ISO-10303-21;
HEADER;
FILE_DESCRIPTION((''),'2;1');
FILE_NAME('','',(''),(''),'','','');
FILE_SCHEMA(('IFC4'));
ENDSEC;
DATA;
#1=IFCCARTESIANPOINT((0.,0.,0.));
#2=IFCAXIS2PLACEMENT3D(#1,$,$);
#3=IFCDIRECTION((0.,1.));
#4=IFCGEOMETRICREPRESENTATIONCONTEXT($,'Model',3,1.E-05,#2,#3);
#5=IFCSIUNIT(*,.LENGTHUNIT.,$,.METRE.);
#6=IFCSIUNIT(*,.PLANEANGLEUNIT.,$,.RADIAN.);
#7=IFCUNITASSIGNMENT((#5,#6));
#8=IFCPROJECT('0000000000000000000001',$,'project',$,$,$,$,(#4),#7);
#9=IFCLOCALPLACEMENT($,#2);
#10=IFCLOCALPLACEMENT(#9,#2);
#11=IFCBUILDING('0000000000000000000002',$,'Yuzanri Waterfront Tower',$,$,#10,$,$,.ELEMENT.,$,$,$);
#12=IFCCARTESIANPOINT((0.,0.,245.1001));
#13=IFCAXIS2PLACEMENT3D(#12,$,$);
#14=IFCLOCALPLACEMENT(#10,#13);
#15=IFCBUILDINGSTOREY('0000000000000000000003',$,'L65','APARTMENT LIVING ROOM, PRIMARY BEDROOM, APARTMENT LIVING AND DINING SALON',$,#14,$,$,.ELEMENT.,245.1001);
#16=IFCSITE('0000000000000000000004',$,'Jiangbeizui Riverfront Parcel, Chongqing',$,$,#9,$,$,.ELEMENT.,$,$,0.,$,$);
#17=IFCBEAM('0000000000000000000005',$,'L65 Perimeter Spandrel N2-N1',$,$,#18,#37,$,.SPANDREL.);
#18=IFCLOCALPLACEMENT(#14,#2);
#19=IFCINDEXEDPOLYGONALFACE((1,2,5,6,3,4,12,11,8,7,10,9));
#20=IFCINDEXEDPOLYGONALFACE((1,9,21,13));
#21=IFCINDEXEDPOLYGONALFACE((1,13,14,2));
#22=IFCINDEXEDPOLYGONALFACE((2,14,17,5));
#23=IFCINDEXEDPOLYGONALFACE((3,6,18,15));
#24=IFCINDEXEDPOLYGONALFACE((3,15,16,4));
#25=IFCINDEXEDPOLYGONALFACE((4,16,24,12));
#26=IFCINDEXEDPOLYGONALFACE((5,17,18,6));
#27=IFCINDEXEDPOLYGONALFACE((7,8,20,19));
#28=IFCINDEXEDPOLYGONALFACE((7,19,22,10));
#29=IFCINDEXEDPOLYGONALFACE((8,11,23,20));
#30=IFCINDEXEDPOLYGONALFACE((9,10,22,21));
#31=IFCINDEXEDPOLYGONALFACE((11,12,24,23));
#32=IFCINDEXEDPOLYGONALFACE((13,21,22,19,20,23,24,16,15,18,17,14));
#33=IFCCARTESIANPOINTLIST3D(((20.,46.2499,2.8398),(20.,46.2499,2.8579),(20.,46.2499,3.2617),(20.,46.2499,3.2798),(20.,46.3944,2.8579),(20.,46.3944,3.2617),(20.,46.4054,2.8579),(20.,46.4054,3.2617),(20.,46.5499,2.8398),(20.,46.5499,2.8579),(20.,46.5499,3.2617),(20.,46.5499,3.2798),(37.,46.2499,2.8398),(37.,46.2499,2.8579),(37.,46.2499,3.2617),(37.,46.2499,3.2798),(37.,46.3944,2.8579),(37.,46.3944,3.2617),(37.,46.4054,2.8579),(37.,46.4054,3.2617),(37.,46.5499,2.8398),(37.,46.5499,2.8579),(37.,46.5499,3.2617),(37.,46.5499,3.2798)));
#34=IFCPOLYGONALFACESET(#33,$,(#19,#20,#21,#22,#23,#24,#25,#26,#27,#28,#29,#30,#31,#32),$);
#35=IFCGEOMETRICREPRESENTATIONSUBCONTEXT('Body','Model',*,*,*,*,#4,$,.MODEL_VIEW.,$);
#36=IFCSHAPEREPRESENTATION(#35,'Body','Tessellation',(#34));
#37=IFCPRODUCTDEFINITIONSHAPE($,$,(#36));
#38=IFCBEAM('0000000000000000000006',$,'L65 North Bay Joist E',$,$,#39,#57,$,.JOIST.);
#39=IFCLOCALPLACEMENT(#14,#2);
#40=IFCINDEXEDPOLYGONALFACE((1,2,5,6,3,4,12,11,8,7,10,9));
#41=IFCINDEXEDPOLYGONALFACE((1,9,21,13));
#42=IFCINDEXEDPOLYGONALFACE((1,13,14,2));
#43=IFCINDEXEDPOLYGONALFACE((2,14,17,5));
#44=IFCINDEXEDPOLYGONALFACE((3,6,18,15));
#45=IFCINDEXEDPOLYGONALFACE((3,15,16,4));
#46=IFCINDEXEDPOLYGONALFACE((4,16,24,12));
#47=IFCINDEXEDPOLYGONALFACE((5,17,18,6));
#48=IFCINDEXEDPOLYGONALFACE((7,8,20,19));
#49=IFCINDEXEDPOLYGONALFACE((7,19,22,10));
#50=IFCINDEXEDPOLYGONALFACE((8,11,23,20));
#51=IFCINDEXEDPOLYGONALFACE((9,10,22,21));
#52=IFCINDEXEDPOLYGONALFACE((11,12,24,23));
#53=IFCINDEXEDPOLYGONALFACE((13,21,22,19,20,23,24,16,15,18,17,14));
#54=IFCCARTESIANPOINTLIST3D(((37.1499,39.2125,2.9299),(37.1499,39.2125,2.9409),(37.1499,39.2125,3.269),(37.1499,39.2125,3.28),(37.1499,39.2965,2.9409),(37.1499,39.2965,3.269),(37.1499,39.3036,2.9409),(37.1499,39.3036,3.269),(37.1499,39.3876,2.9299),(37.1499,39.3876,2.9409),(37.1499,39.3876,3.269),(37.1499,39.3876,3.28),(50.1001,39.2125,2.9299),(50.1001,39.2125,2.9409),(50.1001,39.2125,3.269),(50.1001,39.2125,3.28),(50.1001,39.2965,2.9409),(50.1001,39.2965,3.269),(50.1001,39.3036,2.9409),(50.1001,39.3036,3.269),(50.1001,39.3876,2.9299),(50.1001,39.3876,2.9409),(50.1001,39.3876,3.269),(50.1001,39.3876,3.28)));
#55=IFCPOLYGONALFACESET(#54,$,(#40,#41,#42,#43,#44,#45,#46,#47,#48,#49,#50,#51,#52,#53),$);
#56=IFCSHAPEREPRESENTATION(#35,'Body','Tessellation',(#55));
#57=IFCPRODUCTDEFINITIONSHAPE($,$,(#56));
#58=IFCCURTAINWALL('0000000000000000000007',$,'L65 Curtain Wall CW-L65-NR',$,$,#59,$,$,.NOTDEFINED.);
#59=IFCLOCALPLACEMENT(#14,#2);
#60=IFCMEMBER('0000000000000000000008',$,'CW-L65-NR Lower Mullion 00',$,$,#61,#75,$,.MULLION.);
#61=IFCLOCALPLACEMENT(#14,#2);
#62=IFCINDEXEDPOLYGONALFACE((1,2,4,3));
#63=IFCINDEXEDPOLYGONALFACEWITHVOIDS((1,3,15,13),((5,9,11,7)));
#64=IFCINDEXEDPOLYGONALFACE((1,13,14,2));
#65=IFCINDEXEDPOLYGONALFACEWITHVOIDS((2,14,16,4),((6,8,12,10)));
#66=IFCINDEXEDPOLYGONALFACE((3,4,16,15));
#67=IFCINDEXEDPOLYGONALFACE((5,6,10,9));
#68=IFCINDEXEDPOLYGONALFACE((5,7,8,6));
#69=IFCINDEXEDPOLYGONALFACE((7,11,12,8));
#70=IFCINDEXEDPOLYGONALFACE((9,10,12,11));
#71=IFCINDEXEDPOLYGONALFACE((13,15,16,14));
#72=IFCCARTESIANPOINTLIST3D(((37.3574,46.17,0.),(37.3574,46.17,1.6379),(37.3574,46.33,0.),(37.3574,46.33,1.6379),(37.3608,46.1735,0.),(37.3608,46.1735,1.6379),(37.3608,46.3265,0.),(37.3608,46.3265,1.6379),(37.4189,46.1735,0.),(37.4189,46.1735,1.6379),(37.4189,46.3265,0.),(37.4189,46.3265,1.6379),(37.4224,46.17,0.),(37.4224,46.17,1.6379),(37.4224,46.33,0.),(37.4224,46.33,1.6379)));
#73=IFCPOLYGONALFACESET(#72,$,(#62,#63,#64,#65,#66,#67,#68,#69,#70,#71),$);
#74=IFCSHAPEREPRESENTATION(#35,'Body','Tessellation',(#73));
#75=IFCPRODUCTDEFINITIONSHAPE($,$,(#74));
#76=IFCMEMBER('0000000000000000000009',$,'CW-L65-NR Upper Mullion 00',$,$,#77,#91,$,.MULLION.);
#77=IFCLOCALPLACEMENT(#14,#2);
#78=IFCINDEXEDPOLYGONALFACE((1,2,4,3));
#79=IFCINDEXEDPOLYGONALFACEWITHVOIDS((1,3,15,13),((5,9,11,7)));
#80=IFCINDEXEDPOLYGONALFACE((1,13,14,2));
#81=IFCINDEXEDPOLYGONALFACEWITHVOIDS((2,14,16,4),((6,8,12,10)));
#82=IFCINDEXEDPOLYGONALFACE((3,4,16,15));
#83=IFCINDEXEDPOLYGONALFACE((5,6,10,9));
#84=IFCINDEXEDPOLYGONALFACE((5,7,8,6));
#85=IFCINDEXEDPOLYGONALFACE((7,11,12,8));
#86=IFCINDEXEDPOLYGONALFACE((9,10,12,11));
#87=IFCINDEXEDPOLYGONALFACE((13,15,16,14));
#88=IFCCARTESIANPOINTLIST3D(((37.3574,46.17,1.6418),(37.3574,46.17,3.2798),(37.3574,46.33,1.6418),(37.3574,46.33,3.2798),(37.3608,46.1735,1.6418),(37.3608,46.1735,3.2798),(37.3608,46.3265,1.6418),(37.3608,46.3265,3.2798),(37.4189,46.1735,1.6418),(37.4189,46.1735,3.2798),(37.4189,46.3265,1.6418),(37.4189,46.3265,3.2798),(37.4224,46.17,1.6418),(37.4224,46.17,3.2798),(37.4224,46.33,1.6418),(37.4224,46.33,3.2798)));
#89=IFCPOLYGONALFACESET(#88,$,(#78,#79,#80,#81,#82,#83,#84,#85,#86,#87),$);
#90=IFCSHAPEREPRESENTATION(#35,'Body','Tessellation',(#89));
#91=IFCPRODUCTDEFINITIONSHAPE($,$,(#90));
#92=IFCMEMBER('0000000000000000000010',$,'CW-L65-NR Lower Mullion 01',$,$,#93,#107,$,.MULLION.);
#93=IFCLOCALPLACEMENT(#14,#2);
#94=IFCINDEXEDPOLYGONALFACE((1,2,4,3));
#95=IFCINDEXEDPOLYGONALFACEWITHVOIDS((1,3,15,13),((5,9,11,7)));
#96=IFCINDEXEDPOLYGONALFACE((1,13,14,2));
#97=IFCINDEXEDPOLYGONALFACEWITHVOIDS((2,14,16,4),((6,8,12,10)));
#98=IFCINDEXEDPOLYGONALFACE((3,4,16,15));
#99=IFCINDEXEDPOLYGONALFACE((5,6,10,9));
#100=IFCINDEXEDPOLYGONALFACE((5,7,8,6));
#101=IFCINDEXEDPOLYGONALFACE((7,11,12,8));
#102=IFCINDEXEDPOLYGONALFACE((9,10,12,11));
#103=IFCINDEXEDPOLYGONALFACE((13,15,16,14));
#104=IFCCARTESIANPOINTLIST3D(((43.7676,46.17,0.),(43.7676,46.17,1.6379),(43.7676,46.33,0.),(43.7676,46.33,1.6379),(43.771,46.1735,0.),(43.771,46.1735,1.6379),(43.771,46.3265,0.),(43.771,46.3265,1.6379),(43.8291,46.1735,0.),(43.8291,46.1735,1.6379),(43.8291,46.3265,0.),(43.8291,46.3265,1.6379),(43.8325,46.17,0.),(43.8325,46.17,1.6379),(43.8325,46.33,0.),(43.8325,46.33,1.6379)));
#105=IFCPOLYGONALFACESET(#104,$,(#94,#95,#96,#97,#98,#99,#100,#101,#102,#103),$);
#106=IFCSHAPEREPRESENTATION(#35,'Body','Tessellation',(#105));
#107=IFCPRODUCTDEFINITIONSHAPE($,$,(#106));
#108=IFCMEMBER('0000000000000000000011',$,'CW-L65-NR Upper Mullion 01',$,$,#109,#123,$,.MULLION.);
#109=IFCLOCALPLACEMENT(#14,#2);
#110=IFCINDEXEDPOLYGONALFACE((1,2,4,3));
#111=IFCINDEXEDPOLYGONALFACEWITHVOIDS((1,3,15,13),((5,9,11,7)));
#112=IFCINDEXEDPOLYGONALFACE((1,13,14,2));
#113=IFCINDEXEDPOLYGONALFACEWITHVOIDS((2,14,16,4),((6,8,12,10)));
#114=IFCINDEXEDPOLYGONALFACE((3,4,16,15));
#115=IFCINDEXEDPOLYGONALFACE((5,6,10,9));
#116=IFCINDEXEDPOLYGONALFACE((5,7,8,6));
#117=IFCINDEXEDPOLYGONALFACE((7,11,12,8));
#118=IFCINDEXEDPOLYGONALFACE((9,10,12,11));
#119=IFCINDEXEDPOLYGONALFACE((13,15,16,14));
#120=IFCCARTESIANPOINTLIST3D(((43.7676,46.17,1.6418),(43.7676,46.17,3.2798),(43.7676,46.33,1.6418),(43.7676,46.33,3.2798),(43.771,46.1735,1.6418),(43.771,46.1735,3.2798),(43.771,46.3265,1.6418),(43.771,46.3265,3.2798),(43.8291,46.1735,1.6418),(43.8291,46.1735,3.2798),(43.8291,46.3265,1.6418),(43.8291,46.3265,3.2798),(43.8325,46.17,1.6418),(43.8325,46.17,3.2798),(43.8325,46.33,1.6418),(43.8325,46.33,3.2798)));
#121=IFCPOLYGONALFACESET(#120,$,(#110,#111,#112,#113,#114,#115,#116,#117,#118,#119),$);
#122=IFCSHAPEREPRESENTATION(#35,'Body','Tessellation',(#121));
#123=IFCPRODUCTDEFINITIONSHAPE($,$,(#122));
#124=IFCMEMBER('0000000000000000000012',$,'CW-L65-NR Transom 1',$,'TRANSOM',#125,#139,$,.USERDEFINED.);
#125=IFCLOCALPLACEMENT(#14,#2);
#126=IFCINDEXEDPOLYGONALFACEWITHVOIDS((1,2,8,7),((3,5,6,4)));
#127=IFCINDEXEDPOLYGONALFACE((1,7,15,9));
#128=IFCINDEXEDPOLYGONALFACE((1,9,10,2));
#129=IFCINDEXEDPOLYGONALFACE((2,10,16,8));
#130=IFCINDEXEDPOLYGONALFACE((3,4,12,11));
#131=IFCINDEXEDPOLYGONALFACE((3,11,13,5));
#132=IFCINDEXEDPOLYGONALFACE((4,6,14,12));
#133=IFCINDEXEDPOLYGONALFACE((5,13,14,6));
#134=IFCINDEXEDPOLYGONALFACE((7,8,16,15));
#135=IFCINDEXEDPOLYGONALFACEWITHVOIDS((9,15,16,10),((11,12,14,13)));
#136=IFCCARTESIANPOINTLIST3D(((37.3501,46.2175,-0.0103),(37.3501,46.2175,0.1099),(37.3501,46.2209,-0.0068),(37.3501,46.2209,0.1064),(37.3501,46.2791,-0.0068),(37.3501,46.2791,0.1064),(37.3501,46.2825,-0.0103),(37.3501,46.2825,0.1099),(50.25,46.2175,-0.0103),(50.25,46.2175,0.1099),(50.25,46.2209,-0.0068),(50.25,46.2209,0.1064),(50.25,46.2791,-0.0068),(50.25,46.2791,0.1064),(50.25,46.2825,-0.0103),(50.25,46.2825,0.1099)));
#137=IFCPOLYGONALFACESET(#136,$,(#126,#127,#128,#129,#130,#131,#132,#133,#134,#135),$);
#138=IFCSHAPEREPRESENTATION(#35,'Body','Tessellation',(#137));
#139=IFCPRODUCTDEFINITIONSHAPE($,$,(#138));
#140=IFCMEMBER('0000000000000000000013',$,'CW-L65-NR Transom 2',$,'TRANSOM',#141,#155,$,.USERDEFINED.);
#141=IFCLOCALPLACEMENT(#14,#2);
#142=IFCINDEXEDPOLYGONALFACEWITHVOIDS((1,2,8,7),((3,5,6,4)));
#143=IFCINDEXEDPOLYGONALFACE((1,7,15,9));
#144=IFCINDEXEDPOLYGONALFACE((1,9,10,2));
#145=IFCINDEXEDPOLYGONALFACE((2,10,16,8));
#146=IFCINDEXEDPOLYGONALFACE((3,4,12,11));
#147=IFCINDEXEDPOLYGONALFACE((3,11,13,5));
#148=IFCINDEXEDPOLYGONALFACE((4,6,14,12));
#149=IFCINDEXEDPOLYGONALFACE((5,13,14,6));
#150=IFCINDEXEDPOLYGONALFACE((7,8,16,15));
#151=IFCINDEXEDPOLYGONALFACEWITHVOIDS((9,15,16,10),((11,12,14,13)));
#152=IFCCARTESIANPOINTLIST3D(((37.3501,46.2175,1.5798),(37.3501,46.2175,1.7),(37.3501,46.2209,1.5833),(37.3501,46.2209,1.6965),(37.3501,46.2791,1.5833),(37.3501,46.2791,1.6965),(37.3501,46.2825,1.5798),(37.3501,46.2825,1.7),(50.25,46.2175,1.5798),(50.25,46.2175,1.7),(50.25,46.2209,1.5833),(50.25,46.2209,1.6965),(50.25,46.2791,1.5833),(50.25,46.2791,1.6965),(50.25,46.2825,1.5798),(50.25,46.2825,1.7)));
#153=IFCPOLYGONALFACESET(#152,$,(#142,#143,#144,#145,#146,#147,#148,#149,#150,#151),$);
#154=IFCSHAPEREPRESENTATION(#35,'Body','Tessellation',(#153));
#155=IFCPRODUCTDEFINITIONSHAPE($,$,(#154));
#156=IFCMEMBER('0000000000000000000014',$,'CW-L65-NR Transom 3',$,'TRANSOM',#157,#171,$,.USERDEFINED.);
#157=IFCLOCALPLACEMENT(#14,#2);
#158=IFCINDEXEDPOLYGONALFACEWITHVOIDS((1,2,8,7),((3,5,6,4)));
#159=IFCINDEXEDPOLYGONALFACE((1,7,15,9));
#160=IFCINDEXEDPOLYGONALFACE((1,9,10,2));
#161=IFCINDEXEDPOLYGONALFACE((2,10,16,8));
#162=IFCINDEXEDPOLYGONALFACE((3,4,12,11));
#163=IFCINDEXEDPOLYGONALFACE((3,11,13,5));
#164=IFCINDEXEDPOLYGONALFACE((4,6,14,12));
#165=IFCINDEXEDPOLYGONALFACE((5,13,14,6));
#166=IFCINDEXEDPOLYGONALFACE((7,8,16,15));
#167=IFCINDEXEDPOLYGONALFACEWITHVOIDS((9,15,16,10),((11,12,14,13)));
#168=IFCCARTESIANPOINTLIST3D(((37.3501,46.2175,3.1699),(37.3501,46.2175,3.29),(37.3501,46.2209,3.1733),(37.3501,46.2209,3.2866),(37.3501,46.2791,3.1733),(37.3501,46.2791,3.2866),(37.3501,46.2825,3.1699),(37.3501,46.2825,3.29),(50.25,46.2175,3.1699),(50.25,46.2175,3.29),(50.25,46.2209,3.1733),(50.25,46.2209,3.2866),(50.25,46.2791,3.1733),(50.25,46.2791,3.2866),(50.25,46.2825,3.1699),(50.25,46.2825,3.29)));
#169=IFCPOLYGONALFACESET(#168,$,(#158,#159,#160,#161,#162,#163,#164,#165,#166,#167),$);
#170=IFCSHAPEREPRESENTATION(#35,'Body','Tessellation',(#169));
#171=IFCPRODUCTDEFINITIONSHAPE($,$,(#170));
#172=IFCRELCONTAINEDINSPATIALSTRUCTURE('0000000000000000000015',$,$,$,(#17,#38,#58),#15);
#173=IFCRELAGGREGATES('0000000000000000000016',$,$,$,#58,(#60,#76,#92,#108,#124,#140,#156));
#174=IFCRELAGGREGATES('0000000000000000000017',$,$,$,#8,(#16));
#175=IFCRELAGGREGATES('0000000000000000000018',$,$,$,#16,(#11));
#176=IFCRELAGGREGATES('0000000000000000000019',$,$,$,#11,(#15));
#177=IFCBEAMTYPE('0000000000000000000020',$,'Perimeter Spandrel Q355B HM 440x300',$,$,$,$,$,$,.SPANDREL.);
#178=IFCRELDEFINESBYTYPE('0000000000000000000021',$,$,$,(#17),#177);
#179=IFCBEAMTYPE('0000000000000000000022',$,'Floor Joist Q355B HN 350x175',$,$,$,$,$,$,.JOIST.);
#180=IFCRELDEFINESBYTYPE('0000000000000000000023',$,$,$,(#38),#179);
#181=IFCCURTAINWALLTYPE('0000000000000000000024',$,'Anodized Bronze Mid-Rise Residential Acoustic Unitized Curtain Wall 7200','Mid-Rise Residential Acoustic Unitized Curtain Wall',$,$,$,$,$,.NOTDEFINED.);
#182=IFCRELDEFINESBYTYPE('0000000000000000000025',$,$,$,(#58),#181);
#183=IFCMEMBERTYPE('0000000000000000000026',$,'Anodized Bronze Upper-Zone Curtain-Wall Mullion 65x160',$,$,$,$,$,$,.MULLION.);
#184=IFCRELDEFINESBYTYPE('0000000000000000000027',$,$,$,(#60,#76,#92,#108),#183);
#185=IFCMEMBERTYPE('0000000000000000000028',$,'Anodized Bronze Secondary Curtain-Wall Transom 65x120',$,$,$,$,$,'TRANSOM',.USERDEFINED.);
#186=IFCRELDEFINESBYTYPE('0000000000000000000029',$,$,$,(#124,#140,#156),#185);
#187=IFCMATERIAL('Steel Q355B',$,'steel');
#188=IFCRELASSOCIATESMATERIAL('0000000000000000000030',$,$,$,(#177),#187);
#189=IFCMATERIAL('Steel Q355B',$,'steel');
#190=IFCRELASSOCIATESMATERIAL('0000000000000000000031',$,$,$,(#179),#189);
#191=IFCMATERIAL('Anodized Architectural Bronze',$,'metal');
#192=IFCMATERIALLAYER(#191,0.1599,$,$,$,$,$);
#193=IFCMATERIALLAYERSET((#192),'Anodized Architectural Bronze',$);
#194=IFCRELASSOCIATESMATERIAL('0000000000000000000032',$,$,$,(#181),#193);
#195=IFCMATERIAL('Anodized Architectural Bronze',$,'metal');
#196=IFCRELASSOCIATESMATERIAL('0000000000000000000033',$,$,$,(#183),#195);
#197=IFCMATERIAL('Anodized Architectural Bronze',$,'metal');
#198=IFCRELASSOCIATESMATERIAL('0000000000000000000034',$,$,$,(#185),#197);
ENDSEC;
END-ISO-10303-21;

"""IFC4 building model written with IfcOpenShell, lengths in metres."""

from ifc_helpers import new_model, si_unit, direction, frame, origin, origin_2d, place, context, subcontext, project, spatial, hollow_rectangle, i_section, extrude, source, transform, mapped, material, layer, layer_set, material_profile, profile_set, type_object, element, aggregate, save


model = new_model("IFC4")

# Units and contexts
model_context = context("Model", 3, precision=1e-05, world=origin(), true_north=direction((0.0, 1.0)))
body_context = subcontext(model_context, "Body", "Model", "MODEL_VIEW")
ifc_project = project(units=[si_unit("LENGTHUNIT", "METRE"), si_unit("PLANEANGLEUNIT", "RADIAN")], contexts=[model_context])

# Site, building, storey
site_placement = place(None, origin())
site = spatial("IfcSite", under=ifc_project, at=site_placement, Name="Jiangbeizui Riverfront Parcel, Chongqing", CompositionType="ELEMENT", RefElevation=0.0)
building_placement = place(site_placement, origin())
building = spatial("IfcBuilding", under=site, at=building_placement, Name="Yuzanri Waterfront Tower", CompositionType="ELEMENT")
storey_placement = place(building_placement, frame((0.0, 0.0, 245.1001)))
storey = spatial("IfcBuildingStorey", under=building, at=storey_placement, Name="L65", Description="APARTMENT LIVING ROOM, PRIMARY BEDROOM, APARTMENT LIVING AND DINING SALON", CompositionType="ELEMENT", Elevation=245.1001)

# Beams
ifc_material_1 = material(Name="Steel Q355B", Category="steel")
ifc_material_profile_1 = material_profile(ifc_material_1, i_section(OverallWidth=0.3, OverallDepth=0.4399, WebThickness=0.011, FlangeThickness=0.0181, at=origin_2d()), Name="HM 440x300x11x18")
ifc_profile_set_1 = profile_set([ifc_material_profile_1], Name="Steel Q355B")
beam_type_1 = type_object("IfcBeamType", Name="Perimeter Spandrel Q355B HM 440x300", PredefinedType="SPANDREL", material=ifc_profile_set_1)
shared_shape_1 = source(origin(), body_context, "Body", "SweptSolid", [
    extrude(i_section(OverallWidth=0.3, OverallDepth=0.4399, WebThickness=0.011, FlangeThickness=0.0181, at=origin_2d()), origin(), (0.0, 0.0, 1.0), 17.0),
])
beam_1_placement = place(storey_placement, frame((37.0, 46.3999, 3.0598), z_axis=(-1.0, 0.0, 0.0), x_axis=(0.0, -1.0, 0.0)))
element("IfcBeam", 1, at=beam_1_placement, inside=storey, type_object=beam_type_1, Name="L65 Perimeter Spandrel N2-N1", PredefinedType="SPANDREL", context=body_context, shape_type="MappedRepresentation", body=[
    mapped(shared_shape_1, transform((0.0, 0.0, 0.0), scale=1.0)),
])
ifc_material_2 = material(Name="Steel Q355B", Category="steel")
ifc_material_profile_2 = material_profile(ifc_material_2, i_section(OverallWidth=0.175, OverallDepth=0.3501, WebThickness=0.0071, FlangeThickness=0.011, at=origin_2d()), Name="HN 350x175x7x11")
ifc_profile_set_2 = profile_set([ifc_material_profile_2], Name="Steel Q355B")
beam_type_2 = type_object("IfcBeamType", Name="Floor Joist Q355B HN 350x175", PredefinedType="JOIST", material=ifc_profile_set_2)
shared_shape_2 = source(origin(), body_context, "Body", "SweptSolid", [
    extrude(i_section(OverallWidth=0.175, OverallDepth=0.3501, WebThickness=0.0071, FlangeThickness=0.011, at=origin_2d()), origin(), (0.0, 0.0, 1.0), 12.9502),
])
beam_2_placement = place(storey_placement, frame((37.1499, 39.3, 3.105), z_axis=(1.0, 0.0, 0.0), x_axis=(0.0, 1.0, 0.0)))
element("IfcBeam", 2, at=beam_2_placement, inside=storey, type_object=beam_type_2, Name="L65 North Bay Joist E", PredefinedType="JOIST", context=body_context, shape_type="MappedRepresentation", body=[
    mapped(shared_shape_2, transform((0.0, 0.0, 0.0), scale=1.0)),
])

# Curtain wall, members
ifc_material_3 = material(Name="Anodized Architectural Bronze", Category="metal")
ifc_layer_1 = layer(ifc_material_3, 0.1599)
ifc_layer_set_1 = layer_set([ifc_layer_1], Name="Anodized Architectural Bronze")
curtain_wall_type = type_object("IfcCurtainWallType", Name="Anodized Bronze Mid-Rise Residential Acoustic Unitized Curtain Wall 7200", Description="Mid-Rise Residential Acoustic Unitized Curtain Wall", PredefinedType="NOTDEFINED", material=ifc_layer_set_1)
curtain_wall_placement = place(storey_placement, origin())
curtain_wall = element("IfcCurtainWall", 3, at=curtain_wall_placement, inside=storey, type_object=curtain_wall_type, Name="L65 Curtain Wall CW-L65-NR", PredefinedType="NOTDEFINED")
ifc_material_4 = material(Name="Anodized Architectural Bronze", Category="metal")
ifc_material_profile_3 = material_profile(ifc_material_4, hollow_rectangle(XDim=0.0649, YDim=0.1599, WallThickness=0.0034, at=origin_2d()), Name="CWM 65x160")
ifc_profile_set_3 = profile_set([ifc_material_profile_3], Name="Anodized Architectural Bronze")
member_type_1 = type_object("IfcMemberType", Name="Anodized Bronze Upper-Zone Curtain-Wall Mullion 65x160", PredefinedType="MULLION", material=ifc_profile_set_3)
shared_shape_3 = source(origin(), body_context, "Body", "SweptSolid", [
    extrude(hollow_rectangle(XDim=0.0649, YDim=0.1599, WallThickness=0.0034, at=origin_2d()), origin(), (0.0, 0.0, 1.0), 1.6379),
])
member_1_placement = place(storey_placement, frame((37.3899, 46.25, 0.0), z_axis=(0.0, 0.0, 1.0), x_axis=(1.0, 0.0, 0.0)))
member_1 = element("IfcMember", 4, at=member_1_placement, type_object=member_type_1, Name="CW-L65-NR Lower Mullion 00", PredefinedType="MULLION", context=body_context, shape_type="MappedRepresentation", body=[
    mapped(shared_shape_3, transform((0.0, 0.0, 0.0), scale=1.0)),
])
member_2_placement = place(storey_placement, frame((37.3899, 46.25, 1.6418), z_axis=(0.0, 0.0, 1.0), x_axis=(1.0, 0.0, 0.0)))
member_2 = element("IfcMember", 5, at=member_2_placement, type_object=member_type_1, Name="CW-L65-NR Upper Mullion 00", PredefinedType="MULLION", context=body_context, shape_type="MappedRepresentation", body=[
    mapped(shared_shape_3, transform((0.0, 0.0, 0.0), scale=1.0)),
])
member_3_placement = place(storey_placement, frame((43.8, 46.25, 0.0), z_axis=(0.0, 0.0, 1.0), x_axis=(1.0, 0.0, 0.0)))
member_3 = element("IfcMember", 6, at=member_3_placement, type_object=member_type_1, Name="CW-L65-NR Lower Mullion 01", PredefinedType="MULLION", context=body_context, shape_type="MappedRepresentation", body=[
    mapped(shared_shape_3, transform((0.0, 0.0, 0.0), scale=1.0)),
])
member_4_placement = place(storey_placement, frame((43.8, 46.25, 1.6418), z_axis=(0.0, 0.0, 1.0), x_axis=(1.0, 0.0, 0.0)))
member_4 = element("IfcMember", 7, at=member_4_placement, type_object=member_type_1, Name="CW-L65-NR Upper Mullion 01", PredefinedType="MULLION", context=body_context, shape_type="MappedRepresentation", body=[
    mapped(shared_shape_3, transform((0.0, 0.0, 0.0), scale=1.0)),
])
ifc_material_5 = material(Name="Anodized Architectural Bronze", Category="metal")
ifc_material_profile_4 = material_profile(ifc_material_5, hollow_rectangle(XDim=0.0649, YDim=0.1201, WallThickness=0.0034, at=origin_2d()), Name="CWT 65x120")
ifc_profile_set_4 = profile_set([ifc_material_profile_4], Name="Anodized Architectural Bronze")
member_type_2 = type_object("IfcMemberType", Name="Anodized Bronze Secondary Curtain-Wall Transom 65x120", ElementType="TRANSOM", PredefinedType="USERDEFINED", material=ifc_profile_set_4)
shared_shape_4 = source(origin(), body_context, "Body", "SweptSolid", [
    extrude(hollow_rectangle(XDim=0.0649, YDim=0.1201, WallThickness=0.0034, at=origin_2d()), origin(), (0.0, 0.0, 1.0), 12.8999),
])
member_5_placement = place(storey_placement, frame((37.3501, 46.25, 0.0498), z_axis=(1.0, 0.0, 0.0), x_axis=(0.0, 1.0, 0.0)))
member_5 = element("IfcMember", 8, at=member_5_placement, type_object=member_type_2, Name="CW-L65-NR Transom 1", ObjectType="TRANSOM", PredefinedType="USERDEFINED", context=body_context, shape_type="MappedRepresentation", body=[
    mapped(shared_shape_4, transform((0.0, 0.0, 0.0), scale=1.0)),
])
member_6_placement = place(storey_placement, frame((37.3501, 46.25, 1.6399), z_axis=(1.0, 0.0, 0.0), x_axis=(0.0, 1.0, 0.0)))
member_6 = element("IfcMember", 9, at=member_6_placement, type_object=member_type_2, Name="CW-L65-NR Transom 2", ObjectType="TRANSOM", PredefinedType="USERDEFINED", context=body_context, shape_type="MappedRepresentation", body=[
    mapped(shared_shape_4, transform((0.0, 0.0, 0.0), scale=1.0)),
])
member_7_placement = place(storey_placement, frame((37.3501, 46.25, 3.23), z_axis=(1.0, 0.0, 0.0), x_axis=(0.0, 1.0, 0.0)))
member_7 = element("IfcMember", 10, at=member_7_placement, type_object=member_type_2, Name="CW-L65-NR Transom 3", ObjectType="TRANSOM", PredefinedType="USERDEFINED", context=body_context, shape_type="MappedRepresentation", body=[
    mapped(shared_shape_4, transform((0.0, 0.0, 0.0), scale=1.0)),
])
aggregate(curtain_wall, [member_1, member_2, member_3, member_4, member_5, member_6, member_7])

save(model, "model.ifc")
